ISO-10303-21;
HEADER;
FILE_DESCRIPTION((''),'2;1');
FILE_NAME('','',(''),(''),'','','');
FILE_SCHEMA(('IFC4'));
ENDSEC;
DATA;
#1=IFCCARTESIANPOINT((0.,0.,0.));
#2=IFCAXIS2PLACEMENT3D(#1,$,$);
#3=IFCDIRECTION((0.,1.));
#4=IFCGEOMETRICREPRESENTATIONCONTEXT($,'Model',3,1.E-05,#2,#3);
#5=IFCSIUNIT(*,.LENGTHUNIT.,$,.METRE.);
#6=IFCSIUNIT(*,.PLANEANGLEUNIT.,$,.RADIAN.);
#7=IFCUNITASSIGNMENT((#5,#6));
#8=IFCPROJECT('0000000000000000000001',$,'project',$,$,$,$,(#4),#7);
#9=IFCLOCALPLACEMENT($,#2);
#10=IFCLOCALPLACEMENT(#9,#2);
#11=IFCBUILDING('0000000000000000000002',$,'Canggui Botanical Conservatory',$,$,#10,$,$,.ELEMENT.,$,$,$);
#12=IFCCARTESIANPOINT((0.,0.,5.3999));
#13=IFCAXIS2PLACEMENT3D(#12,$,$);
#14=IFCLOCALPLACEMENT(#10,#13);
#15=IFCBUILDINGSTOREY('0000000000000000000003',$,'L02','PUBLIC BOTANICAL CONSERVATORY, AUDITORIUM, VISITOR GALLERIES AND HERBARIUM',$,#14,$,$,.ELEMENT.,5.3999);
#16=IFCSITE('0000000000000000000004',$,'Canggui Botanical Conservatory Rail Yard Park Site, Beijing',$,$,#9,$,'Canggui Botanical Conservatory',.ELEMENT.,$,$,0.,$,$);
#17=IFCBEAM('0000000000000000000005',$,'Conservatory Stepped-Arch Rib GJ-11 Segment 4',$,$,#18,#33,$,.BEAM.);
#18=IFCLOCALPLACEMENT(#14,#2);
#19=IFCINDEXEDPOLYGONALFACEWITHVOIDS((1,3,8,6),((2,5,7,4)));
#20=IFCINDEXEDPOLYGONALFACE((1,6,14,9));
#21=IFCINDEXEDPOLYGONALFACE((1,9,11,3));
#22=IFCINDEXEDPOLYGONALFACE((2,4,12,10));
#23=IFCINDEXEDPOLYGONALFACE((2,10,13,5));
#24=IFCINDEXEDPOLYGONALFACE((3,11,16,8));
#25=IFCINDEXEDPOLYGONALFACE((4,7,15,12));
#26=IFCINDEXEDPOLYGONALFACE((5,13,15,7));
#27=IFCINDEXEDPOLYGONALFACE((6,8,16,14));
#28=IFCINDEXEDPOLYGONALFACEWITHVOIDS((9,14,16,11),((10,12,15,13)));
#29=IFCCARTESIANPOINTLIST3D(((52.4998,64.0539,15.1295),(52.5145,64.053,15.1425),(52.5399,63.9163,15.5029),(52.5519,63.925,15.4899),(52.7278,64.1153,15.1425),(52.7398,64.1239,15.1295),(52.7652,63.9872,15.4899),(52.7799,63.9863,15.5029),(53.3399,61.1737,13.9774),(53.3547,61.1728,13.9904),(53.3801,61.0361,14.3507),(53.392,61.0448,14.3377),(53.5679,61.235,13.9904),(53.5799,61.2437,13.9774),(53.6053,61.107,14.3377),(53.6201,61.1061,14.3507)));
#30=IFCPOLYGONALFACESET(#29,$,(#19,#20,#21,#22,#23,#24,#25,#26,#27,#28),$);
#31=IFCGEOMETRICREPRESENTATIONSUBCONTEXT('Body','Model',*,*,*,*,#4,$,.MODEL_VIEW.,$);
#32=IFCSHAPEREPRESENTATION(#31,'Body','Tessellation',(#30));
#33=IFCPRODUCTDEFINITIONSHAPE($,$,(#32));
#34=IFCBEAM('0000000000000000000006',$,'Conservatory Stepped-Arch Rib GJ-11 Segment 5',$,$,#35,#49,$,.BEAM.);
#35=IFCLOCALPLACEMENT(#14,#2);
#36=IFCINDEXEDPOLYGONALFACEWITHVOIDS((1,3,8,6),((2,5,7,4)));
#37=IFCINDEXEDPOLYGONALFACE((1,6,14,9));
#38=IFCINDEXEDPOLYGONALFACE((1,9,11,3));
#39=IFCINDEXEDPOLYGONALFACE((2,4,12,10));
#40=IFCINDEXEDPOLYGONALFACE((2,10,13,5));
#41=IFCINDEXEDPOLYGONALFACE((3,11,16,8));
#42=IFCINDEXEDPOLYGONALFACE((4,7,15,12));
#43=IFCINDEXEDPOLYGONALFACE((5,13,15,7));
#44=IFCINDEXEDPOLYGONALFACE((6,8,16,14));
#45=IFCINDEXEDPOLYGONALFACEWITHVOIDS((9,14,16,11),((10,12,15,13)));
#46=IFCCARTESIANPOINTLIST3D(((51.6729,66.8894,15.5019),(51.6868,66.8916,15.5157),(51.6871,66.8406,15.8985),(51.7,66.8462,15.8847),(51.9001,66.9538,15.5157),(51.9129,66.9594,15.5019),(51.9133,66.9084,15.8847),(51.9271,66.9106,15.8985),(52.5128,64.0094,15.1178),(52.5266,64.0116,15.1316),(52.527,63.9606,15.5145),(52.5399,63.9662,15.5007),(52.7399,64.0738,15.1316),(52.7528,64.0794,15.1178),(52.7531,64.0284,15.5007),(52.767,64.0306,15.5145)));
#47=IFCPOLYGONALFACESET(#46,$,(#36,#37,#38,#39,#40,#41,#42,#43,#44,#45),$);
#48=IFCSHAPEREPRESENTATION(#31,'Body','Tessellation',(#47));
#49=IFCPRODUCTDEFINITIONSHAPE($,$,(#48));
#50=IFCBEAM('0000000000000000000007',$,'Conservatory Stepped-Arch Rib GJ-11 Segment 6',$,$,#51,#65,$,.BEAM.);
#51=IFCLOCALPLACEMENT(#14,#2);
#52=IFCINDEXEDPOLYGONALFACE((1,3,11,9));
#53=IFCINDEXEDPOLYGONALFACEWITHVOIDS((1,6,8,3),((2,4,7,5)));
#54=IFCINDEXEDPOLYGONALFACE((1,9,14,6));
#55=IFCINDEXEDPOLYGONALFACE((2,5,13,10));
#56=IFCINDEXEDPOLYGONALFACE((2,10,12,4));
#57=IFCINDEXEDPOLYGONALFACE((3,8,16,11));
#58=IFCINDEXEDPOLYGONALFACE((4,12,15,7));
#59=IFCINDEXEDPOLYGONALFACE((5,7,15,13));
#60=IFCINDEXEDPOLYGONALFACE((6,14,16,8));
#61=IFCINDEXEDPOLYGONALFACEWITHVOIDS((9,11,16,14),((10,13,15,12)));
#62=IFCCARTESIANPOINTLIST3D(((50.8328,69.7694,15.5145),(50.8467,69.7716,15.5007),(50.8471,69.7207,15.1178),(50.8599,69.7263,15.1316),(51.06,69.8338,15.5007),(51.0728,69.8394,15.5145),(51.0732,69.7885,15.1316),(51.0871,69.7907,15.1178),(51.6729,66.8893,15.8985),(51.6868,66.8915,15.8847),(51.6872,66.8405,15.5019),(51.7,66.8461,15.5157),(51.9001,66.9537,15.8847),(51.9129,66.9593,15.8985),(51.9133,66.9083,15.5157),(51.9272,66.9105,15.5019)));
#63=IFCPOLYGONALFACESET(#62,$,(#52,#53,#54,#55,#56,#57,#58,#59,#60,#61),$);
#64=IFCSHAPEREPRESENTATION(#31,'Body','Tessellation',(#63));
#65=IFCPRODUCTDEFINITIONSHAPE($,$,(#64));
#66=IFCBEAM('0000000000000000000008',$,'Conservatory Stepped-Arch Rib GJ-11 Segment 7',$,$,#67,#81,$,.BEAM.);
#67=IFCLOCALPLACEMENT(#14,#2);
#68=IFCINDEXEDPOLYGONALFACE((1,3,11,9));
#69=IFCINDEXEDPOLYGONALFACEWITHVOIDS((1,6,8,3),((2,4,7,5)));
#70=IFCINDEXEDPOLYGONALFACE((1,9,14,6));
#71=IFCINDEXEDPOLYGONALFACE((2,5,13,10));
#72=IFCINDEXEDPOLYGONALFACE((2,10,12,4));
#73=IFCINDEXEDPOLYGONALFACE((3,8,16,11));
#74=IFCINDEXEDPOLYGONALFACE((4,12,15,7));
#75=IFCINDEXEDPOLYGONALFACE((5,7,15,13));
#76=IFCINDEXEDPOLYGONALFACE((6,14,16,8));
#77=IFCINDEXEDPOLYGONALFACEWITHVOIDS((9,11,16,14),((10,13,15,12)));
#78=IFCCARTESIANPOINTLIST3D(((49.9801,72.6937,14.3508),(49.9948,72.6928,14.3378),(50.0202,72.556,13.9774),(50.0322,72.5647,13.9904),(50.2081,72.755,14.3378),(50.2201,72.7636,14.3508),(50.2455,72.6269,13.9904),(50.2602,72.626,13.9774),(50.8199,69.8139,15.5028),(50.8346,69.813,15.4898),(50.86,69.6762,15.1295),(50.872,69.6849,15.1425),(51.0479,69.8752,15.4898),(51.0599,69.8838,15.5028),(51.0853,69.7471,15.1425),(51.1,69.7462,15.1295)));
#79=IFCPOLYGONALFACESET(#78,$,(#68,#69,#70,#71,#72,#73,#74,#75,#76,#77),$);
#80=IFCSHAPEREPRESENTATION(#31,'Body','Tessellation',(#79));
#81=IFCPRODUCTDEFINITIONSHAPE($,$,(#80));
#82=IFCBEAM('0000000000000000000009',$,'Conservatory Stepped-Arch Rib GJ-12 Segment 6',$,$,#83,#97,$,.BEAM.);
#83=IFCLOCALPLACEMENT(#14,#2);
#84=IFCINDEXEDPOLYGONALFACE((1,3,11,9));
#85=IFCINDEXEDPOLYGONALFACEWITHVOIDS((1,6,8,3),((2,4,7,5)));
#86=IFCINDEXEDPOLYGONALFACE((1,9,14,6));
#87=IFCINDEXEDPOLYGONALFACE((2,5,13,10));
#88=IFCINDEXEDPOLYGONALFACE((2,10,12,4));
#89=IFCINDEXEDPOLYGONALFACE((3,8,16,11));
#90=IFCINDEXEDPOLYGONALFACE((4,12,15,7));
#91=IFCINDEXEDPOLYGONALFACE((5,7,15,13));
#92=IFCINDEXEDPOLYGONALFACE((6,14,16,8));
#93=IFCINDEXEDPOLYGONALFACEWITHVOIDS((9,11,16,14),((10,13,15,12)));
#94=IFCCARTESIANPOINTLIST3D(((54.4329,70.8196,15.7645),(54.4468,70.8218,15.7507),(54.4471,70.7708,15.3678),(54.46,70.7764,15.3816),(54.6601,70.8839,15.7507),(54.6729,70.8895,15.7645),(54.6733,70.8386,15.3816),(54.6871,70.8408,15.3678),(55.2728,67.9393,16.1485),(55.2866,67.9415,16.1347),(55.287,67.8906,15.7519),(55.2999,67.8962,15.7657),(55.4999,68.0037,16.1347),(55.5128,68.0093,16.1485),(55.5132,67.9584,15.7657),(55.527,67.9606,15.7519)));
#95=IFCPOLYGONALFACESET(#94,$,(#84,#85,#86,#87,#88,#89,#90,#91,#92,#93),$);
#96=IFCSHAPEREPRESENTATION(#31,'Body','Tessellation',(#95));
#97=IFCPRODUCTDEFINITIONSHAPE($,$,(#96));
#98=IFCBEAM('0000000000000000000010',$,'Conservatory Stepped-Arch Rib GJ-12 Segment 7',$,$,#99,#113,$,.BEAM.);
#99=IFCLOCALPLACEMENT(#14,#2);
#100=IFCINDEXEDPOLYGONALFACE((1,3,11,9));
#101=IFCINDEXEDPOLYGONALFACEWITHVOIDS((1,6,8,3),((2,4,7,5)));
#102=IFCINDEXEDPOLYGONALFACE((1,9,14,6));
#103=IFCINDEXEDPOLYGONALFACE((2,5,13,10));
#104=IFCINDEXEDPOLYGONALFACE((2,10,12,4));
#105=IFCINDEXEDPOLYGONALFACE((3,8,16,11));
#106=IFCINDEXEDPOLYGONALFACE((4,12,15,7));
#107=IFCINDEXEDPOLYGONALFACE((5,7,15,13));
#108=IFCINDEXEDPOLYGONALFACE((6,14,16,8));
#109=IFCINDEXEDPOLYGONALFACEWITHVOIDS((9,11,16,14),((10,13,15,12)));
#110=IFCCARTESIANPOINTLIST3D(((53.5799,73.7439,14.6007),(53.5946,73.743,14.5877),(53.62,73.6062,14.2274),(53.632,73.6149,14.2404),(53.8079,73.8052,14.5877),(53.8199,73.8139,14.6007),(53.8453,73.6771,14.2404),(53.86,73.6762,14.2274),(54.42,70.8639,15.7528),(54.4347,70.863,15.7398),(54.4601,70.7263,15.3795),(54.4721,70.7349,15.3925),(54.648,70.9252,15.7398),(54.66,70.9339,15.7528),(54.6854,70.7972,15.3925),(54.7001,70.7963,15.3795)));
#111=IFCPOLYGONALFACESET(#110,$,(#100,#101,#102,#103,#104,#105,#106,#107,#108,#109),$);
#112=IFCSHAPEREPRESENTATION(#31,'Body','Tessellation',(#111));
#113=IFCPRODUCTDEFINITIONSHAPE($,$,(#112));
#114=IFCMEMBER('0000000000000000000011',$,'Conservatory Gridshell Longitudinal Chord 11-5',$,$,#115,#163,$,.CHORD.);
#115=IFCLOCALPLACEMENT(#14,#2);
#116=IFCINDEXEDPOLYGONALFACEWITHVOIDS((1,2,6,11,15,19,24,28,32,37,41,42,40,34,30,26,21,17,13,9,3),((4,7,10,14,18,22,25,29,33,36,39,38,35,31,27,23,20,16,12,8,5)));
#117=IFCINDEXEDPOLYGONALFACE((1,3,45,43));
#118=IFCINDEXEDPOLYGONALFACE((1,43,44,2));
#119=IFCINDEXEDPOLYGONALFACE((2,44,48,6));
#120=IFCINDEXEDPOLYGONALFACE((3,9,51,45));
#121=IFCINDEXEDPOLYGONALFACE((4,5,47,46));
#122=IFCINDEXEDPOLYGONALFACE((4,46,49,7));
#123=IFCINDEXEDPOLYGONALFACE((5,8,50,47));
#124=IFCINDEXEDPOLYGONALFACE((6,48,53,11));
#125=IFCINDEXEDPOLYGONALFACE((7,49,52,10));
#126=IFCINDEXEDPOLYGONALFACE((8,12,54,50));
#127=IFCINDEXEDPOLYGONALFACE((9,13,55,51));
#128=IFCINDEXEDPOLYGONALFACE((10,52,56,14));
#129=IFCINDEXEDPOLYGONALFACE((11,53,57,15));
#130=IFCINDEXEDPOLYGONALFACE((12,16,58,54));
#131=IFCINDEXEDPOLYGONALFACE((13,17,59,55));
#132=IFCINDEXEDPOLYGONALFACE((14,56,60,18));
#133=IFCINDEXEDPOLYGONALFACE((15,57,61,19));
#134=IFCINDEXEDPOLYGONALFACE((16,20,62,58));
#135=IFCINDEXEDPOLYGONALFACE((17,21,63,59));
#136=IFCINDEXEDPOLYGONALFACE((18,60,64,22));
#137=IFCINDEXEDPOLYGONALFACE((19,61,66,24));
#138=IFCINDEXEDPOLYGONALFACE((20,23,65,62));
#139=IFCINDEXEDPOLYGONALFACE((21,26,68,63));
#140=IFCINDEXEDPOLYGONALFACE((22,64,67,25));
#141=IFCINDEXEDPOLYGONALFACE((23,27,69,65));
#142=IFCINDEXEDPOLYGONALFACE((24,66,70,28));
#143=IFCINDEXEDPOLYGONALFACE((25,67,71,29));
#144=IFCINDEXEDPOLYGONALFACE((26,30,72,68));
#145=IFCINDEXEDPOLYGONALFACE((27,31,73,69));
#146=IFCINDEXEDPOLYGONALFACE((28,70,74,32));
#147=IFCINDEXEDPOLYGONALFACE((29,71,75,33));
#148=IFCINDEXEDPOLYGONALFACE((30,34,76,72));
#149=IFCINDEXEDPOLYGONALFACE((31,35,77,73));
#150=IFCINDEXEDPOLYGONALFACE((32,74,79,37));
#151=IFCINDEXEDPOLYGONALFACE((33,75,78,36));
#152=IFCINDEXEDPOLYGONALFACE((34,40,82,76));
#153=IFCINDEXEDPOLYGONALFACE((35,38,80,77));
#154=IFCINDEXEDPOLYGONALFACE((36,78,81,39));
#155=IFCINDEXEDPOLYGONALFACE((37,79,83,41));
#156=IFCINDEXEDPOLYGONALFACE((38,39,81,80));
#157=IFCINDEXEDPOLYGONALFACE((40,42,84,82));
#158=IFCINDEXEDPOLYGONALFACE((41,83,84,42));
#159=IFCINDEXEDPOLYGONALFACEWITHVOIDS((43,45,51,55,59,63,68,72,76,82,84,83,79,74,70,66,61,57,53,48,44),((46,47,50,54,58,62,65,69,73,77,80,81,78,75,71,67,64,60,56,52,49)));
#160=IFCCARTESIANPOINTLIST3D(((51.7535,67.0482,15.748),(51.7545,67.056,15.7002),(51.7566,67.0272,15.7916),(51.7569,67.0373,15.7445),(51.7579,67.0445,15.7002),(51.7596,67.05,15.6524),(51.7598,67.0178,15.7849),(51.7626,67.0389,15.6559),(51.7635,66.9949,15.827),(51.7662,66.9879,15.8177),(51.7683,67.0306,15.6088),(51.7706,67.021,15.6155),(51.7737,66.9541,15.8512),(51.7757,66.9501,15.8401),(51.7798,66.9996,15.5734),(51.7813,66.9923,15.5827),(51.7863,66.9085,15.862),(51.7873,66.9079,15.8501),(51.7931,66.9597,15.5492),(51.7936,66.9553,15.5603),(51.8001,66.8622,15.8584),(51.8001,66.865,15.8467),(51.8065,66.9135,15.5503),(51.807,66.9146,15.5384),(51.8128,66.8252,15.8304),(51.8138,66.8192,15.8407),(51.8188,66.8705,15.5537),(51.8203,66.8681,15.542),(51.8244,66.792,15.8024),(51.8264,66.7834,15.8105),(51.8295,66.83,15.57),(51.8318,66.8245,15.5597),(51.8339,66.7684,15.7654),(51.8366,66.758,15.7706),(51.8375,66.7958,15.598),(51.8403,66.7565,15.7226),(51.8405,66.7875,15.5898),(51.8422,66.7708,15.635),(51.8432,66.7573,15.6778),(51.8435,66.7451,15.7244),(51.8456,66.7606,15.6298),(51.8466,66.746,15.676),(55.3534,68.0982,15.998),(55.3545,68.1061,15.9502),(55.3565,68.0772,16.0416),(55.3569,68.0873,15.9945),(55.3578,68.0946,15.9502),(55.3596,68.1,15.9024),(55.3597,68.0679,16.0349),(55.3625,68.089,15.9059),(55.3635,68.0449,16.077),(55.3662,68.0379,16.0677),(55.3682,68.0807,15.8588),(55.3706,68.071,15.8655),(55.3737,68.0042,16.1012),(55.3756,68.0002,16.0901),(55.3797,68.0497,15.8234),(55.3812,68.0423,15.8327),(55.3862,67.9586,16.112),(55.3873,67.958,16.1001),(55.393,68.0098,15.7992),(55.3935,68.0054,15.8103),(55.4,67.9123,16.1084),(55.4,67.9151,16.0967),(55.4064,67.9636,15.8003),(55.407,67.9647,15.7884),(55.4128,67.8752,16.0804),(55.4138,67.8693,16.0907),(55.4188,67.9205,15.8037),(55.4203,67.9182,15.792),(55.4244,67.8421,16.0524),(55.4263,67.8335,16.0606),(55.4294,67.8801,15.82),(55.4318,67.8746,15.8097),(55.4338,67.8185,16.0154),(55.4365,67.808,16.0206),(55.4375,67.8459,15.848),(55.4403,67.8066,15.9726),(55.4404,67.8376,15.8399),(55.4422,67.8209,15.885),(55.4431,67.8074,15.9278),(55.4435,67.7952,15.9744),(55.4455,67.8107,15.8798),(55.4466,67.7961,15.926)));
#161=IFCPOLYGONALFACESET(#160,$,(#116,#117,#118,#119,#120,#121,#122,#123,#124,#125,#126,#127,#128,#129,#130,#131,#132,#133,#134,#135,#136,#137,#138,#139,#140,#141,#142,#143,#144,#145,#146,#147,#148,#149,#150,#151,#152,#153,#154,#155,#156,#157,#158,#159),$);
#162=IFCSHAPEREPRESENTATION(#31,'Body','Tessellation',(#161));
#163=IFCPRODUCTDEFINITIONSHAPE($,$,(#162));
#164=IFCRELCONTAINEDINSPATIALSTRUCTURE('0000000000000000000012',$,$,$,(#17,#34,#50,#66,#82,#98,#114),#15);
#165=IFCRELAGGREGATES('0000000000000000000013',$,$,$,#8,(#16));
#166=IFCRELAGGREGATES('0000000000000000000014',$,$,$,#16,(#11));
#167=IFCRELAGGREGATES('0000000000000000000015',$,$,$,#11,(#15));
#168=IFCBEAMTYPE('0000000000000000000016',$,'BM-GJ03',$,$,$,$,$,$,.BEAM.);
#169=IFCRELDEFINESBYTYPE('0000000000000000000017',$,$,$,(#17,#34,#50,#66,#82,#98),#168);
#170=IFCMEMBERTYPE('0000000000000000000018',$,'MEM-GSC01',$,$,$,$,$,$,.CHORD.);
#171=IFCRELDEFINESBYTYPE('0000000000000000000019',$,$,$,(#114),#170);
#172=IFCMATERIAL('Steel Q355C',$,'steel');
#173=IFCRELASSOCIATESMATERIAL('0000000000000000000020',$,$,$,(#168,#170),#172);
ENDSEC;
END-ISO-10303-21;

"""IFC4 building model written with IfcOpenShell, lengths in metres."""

from ifc_helpers import new_model, si_unit, direction, frame, origin, origin_2d, place, context, subcontext, project, spatial, hollow_rectangle, hollow_circle, extrude, material, material_profile, profile_set, type_object, element, save


model = new_model("IFC4")

# Units and contexts
model_context = context("Model", 3, precision=1e-05, world=origin(), true_north=direction((0.0, 1.0)))
body_context = subcontext(model_context, "Body", "Model", "MODEL_VIEW")
ifc_project = project(units=[si_unit("LENGTHUNIT", "METRE"), si_unit("PLANEANGLEUNIT", "RADIAN")], contexts=[model_context])

# Site, building, storey
site_placement = place(None, origin())
site = spatial("IfcSite", under=ifc_project, at=site_placement, Name="Canggui Botanical Conservatory Rail Yard Park Site, Beijing", LongName="Canggui Botanical Conservatory", CompositionType="ELEMENT", RefElevation=0.0)
building_placement = place(site_placement, origin())
building = spatial("IfcBuilding", under=site, at=building_placement, Name="Canggui Botanical Conservatory", CompositionType="ELEMENT")
storey_placement = place(building_placement, frame((0.0, 0.0, 5.3999)))
storey = spatial("IfcBuildingStorey", under=building, at=storey_placement, Name="L02", Description="PUBLIC BOTANICAL CONSERVATORY, AUDITORIUM, VISITOR GALLERIES AND HERBARIUM", CompositionType="ELEMENT", Elevation=5.3999)

# Beams
ifc_material_1 = material(Name="Steel Q355C", Category="steel")
ifc_material_profile_1 = material_profile(ifc_material_1, hollow_rectangle(XDim=0.25, YDim=0.3999, WallThickness=0.0139, at=origin_2d()), Name="RHS 250x400x14")
ifc_profile_set_1 = profile_set([ifc_material_profile_1], Name="Steel Q355C")
beam_type = type_object("IfcBeamType", Name="BM-GJ03", PredefinedType="BEAM", material=ifc_profile_set_1)
beam_1_placement = place(storey_placement, frame((53.48, 61.1399, 14.1641), z_axis=(-0.261404, 0.896188, 0.35849), x_axis=(-0.959995, -0.280016, 0.0)))
element("IfcBeam", 1, at=beam_1_placement, inside=storey, type_object=beam_type, Name="Conservatory Stepped-Arch Rib GJ-11 Segment 4", PredefinedType="BEAM", context=body_context, shape_type="SweptSolid", body=[
    extrude(hollow_rectangle(XDim=0.25, YDim=0.3999, WallThickness=0.0139, at=origin_2d()), origin(), (0.0, 0.0, 1.0), 3.2139),
])
beam_2_placement = place(storey_placement, frame((52.6399, 64.02, 15.3162), z_axis=(-0.277696, 0.95224, 0.126981), x_axis=(-0.960011, -0.279962, 0.0)))
element("IfcBeam", 2, at=beam_2_placement, inside=storey, type_object=beam_type, Name="Conservatory Stepped-Arch Rib GJ-11 Segment 5", PredefinedType="BEAM", context=body_context, shape_type="SweptSolid", body=[
    extrude(hollow_rectangle(XDim=0.25, YDim=0.3999, WallThickness=0.0139, at=origin_2d()), origin(), (0.0, 0.0, 1.0), 3.0244),
])
beam_3_placement = place(storey_placement, frame((51.8, 66.8999, 15.7002), z_axis=(-0.277749, 0.952226, -0.126969), x_axis=(-0.959995, -0.280016, 0.0)))
element("IfcBeam", 3, at=beam_3_placement, inside=storey, type_object=beam_type, Name="Conservatory Stepped-Arch Rib GJ-11 Segment 6", PredefinedType="BEAM", context=body_context, shape_type="SweptSolid", body=[
    extrude(hollow_rectangle(XDim=0.25, YDim=0.3999, WallThickness=0.0139, at=origin_2d()), origin(), (0.0, 0.0, 1.0), 3.0247),
])
beam_4_placement = place(storey_placement, frame((50.96, 69.78, 15.3162), z_axis=(-0.261351, 0.896191, -0.358522), x_axis=(-0.960011, -0.279962, 0.0)))
element("IfcBeam", 4, at=beam_4_placement, inside=storey, type_object=beam_type, Name="Conservatory Stepped-Arch Rib GJ-11 Segment 7", PredefinedType="BEAM", context=body_context, shape_type="SweptSolid", body=[
    extrude(hollow_rectangle(XDim=0.25, YDim=0.3999, WallThickness=0.0139, at=origin_2d()), origin(), (0.0, 0.0, 1.0), 3.2134),
])
beam_5_placement = place(storey_placement, frame((55.3999, 67.95, 15.9502), z_axis=(-0.277675, 0.952247, -0.126972), x_axis=(-0.960017, -0.279941, 0.0)))
element("IfcBeam", 5, at=beam_5_placement, inside=storey, type_object=beam_type, Name="Conservatory Stepped-Arch Rib GJ-12 Segment 6", PredefinedType="BEAM", context=body_context, shape_type="SweptSolid", body=[
    extrude(hollow_rectangle(XDim=0.25, YDim=0.3999, WallThickness=0.0139, at=origin_2d()), origin(), (0.0, 0.0, 1.0), 3.0247),
])
beam_6_placement = place(storey_placement, frame((54.5601, 70.8301, 15.5662), z_axis=(-0.261422, 0.896173, -0.358515), x_axis=(-0.959989, -0.280038, 0.0)))
element("IfcBeam", 6, at=beam_6_placement, inside=storey, type_object=beam_type, Name="Conservatory Stepped-Arch Rib GJ-12 Segment 7", PredefinedType="BEAM", context=body_context, shape_type="SweptSolid", body=[
    extrude(hollow_rectangle(XDim=0.25, YDim=0.3999, WallThickness=0.0139, at=origin_2d()), origin(), (0.0, 0.0, 1.0), 3.2136),
])

# Member
ifc_material_profile_2 = material_profile(ifc_material_1, hollow_circle(Radius=0.1626, WallThickness=0.012, at=origin_2d()), Name="CHS 325x12")
ifc_profile_set_2 = profile_set([ifc_material_profile_2], Name="Steel Q355C")
member_type_1 = type_object("IfcMemberType", Name="MEM-GSC01", PredefinedType="CHORD", material=ifc_profile_set_2)
member_1_placement = place(storey_placement, frame((51.8, 66.8999, 15.7002), z_axis=(0.957867, 0.279402, 0.066521), x_axis=(-0.280023, 0.959993, 0.0)))
element("IfcMember", 7, at=member_1_placement, inside=storey, type_object=member_type_1, Name="Conservatory Gridshell Longitudinal Chord 11-5", PredefinedType="CHORD", context=body_context, shape_type="SweptSolid", body=[
    extrude(hollow_circle(Radius=0.1626, WallThickness=0.012, at=origin_2d()), origin(), (0.0, 0.0, 1.0), 3.7583),
])

save(model, "model.ifc")
